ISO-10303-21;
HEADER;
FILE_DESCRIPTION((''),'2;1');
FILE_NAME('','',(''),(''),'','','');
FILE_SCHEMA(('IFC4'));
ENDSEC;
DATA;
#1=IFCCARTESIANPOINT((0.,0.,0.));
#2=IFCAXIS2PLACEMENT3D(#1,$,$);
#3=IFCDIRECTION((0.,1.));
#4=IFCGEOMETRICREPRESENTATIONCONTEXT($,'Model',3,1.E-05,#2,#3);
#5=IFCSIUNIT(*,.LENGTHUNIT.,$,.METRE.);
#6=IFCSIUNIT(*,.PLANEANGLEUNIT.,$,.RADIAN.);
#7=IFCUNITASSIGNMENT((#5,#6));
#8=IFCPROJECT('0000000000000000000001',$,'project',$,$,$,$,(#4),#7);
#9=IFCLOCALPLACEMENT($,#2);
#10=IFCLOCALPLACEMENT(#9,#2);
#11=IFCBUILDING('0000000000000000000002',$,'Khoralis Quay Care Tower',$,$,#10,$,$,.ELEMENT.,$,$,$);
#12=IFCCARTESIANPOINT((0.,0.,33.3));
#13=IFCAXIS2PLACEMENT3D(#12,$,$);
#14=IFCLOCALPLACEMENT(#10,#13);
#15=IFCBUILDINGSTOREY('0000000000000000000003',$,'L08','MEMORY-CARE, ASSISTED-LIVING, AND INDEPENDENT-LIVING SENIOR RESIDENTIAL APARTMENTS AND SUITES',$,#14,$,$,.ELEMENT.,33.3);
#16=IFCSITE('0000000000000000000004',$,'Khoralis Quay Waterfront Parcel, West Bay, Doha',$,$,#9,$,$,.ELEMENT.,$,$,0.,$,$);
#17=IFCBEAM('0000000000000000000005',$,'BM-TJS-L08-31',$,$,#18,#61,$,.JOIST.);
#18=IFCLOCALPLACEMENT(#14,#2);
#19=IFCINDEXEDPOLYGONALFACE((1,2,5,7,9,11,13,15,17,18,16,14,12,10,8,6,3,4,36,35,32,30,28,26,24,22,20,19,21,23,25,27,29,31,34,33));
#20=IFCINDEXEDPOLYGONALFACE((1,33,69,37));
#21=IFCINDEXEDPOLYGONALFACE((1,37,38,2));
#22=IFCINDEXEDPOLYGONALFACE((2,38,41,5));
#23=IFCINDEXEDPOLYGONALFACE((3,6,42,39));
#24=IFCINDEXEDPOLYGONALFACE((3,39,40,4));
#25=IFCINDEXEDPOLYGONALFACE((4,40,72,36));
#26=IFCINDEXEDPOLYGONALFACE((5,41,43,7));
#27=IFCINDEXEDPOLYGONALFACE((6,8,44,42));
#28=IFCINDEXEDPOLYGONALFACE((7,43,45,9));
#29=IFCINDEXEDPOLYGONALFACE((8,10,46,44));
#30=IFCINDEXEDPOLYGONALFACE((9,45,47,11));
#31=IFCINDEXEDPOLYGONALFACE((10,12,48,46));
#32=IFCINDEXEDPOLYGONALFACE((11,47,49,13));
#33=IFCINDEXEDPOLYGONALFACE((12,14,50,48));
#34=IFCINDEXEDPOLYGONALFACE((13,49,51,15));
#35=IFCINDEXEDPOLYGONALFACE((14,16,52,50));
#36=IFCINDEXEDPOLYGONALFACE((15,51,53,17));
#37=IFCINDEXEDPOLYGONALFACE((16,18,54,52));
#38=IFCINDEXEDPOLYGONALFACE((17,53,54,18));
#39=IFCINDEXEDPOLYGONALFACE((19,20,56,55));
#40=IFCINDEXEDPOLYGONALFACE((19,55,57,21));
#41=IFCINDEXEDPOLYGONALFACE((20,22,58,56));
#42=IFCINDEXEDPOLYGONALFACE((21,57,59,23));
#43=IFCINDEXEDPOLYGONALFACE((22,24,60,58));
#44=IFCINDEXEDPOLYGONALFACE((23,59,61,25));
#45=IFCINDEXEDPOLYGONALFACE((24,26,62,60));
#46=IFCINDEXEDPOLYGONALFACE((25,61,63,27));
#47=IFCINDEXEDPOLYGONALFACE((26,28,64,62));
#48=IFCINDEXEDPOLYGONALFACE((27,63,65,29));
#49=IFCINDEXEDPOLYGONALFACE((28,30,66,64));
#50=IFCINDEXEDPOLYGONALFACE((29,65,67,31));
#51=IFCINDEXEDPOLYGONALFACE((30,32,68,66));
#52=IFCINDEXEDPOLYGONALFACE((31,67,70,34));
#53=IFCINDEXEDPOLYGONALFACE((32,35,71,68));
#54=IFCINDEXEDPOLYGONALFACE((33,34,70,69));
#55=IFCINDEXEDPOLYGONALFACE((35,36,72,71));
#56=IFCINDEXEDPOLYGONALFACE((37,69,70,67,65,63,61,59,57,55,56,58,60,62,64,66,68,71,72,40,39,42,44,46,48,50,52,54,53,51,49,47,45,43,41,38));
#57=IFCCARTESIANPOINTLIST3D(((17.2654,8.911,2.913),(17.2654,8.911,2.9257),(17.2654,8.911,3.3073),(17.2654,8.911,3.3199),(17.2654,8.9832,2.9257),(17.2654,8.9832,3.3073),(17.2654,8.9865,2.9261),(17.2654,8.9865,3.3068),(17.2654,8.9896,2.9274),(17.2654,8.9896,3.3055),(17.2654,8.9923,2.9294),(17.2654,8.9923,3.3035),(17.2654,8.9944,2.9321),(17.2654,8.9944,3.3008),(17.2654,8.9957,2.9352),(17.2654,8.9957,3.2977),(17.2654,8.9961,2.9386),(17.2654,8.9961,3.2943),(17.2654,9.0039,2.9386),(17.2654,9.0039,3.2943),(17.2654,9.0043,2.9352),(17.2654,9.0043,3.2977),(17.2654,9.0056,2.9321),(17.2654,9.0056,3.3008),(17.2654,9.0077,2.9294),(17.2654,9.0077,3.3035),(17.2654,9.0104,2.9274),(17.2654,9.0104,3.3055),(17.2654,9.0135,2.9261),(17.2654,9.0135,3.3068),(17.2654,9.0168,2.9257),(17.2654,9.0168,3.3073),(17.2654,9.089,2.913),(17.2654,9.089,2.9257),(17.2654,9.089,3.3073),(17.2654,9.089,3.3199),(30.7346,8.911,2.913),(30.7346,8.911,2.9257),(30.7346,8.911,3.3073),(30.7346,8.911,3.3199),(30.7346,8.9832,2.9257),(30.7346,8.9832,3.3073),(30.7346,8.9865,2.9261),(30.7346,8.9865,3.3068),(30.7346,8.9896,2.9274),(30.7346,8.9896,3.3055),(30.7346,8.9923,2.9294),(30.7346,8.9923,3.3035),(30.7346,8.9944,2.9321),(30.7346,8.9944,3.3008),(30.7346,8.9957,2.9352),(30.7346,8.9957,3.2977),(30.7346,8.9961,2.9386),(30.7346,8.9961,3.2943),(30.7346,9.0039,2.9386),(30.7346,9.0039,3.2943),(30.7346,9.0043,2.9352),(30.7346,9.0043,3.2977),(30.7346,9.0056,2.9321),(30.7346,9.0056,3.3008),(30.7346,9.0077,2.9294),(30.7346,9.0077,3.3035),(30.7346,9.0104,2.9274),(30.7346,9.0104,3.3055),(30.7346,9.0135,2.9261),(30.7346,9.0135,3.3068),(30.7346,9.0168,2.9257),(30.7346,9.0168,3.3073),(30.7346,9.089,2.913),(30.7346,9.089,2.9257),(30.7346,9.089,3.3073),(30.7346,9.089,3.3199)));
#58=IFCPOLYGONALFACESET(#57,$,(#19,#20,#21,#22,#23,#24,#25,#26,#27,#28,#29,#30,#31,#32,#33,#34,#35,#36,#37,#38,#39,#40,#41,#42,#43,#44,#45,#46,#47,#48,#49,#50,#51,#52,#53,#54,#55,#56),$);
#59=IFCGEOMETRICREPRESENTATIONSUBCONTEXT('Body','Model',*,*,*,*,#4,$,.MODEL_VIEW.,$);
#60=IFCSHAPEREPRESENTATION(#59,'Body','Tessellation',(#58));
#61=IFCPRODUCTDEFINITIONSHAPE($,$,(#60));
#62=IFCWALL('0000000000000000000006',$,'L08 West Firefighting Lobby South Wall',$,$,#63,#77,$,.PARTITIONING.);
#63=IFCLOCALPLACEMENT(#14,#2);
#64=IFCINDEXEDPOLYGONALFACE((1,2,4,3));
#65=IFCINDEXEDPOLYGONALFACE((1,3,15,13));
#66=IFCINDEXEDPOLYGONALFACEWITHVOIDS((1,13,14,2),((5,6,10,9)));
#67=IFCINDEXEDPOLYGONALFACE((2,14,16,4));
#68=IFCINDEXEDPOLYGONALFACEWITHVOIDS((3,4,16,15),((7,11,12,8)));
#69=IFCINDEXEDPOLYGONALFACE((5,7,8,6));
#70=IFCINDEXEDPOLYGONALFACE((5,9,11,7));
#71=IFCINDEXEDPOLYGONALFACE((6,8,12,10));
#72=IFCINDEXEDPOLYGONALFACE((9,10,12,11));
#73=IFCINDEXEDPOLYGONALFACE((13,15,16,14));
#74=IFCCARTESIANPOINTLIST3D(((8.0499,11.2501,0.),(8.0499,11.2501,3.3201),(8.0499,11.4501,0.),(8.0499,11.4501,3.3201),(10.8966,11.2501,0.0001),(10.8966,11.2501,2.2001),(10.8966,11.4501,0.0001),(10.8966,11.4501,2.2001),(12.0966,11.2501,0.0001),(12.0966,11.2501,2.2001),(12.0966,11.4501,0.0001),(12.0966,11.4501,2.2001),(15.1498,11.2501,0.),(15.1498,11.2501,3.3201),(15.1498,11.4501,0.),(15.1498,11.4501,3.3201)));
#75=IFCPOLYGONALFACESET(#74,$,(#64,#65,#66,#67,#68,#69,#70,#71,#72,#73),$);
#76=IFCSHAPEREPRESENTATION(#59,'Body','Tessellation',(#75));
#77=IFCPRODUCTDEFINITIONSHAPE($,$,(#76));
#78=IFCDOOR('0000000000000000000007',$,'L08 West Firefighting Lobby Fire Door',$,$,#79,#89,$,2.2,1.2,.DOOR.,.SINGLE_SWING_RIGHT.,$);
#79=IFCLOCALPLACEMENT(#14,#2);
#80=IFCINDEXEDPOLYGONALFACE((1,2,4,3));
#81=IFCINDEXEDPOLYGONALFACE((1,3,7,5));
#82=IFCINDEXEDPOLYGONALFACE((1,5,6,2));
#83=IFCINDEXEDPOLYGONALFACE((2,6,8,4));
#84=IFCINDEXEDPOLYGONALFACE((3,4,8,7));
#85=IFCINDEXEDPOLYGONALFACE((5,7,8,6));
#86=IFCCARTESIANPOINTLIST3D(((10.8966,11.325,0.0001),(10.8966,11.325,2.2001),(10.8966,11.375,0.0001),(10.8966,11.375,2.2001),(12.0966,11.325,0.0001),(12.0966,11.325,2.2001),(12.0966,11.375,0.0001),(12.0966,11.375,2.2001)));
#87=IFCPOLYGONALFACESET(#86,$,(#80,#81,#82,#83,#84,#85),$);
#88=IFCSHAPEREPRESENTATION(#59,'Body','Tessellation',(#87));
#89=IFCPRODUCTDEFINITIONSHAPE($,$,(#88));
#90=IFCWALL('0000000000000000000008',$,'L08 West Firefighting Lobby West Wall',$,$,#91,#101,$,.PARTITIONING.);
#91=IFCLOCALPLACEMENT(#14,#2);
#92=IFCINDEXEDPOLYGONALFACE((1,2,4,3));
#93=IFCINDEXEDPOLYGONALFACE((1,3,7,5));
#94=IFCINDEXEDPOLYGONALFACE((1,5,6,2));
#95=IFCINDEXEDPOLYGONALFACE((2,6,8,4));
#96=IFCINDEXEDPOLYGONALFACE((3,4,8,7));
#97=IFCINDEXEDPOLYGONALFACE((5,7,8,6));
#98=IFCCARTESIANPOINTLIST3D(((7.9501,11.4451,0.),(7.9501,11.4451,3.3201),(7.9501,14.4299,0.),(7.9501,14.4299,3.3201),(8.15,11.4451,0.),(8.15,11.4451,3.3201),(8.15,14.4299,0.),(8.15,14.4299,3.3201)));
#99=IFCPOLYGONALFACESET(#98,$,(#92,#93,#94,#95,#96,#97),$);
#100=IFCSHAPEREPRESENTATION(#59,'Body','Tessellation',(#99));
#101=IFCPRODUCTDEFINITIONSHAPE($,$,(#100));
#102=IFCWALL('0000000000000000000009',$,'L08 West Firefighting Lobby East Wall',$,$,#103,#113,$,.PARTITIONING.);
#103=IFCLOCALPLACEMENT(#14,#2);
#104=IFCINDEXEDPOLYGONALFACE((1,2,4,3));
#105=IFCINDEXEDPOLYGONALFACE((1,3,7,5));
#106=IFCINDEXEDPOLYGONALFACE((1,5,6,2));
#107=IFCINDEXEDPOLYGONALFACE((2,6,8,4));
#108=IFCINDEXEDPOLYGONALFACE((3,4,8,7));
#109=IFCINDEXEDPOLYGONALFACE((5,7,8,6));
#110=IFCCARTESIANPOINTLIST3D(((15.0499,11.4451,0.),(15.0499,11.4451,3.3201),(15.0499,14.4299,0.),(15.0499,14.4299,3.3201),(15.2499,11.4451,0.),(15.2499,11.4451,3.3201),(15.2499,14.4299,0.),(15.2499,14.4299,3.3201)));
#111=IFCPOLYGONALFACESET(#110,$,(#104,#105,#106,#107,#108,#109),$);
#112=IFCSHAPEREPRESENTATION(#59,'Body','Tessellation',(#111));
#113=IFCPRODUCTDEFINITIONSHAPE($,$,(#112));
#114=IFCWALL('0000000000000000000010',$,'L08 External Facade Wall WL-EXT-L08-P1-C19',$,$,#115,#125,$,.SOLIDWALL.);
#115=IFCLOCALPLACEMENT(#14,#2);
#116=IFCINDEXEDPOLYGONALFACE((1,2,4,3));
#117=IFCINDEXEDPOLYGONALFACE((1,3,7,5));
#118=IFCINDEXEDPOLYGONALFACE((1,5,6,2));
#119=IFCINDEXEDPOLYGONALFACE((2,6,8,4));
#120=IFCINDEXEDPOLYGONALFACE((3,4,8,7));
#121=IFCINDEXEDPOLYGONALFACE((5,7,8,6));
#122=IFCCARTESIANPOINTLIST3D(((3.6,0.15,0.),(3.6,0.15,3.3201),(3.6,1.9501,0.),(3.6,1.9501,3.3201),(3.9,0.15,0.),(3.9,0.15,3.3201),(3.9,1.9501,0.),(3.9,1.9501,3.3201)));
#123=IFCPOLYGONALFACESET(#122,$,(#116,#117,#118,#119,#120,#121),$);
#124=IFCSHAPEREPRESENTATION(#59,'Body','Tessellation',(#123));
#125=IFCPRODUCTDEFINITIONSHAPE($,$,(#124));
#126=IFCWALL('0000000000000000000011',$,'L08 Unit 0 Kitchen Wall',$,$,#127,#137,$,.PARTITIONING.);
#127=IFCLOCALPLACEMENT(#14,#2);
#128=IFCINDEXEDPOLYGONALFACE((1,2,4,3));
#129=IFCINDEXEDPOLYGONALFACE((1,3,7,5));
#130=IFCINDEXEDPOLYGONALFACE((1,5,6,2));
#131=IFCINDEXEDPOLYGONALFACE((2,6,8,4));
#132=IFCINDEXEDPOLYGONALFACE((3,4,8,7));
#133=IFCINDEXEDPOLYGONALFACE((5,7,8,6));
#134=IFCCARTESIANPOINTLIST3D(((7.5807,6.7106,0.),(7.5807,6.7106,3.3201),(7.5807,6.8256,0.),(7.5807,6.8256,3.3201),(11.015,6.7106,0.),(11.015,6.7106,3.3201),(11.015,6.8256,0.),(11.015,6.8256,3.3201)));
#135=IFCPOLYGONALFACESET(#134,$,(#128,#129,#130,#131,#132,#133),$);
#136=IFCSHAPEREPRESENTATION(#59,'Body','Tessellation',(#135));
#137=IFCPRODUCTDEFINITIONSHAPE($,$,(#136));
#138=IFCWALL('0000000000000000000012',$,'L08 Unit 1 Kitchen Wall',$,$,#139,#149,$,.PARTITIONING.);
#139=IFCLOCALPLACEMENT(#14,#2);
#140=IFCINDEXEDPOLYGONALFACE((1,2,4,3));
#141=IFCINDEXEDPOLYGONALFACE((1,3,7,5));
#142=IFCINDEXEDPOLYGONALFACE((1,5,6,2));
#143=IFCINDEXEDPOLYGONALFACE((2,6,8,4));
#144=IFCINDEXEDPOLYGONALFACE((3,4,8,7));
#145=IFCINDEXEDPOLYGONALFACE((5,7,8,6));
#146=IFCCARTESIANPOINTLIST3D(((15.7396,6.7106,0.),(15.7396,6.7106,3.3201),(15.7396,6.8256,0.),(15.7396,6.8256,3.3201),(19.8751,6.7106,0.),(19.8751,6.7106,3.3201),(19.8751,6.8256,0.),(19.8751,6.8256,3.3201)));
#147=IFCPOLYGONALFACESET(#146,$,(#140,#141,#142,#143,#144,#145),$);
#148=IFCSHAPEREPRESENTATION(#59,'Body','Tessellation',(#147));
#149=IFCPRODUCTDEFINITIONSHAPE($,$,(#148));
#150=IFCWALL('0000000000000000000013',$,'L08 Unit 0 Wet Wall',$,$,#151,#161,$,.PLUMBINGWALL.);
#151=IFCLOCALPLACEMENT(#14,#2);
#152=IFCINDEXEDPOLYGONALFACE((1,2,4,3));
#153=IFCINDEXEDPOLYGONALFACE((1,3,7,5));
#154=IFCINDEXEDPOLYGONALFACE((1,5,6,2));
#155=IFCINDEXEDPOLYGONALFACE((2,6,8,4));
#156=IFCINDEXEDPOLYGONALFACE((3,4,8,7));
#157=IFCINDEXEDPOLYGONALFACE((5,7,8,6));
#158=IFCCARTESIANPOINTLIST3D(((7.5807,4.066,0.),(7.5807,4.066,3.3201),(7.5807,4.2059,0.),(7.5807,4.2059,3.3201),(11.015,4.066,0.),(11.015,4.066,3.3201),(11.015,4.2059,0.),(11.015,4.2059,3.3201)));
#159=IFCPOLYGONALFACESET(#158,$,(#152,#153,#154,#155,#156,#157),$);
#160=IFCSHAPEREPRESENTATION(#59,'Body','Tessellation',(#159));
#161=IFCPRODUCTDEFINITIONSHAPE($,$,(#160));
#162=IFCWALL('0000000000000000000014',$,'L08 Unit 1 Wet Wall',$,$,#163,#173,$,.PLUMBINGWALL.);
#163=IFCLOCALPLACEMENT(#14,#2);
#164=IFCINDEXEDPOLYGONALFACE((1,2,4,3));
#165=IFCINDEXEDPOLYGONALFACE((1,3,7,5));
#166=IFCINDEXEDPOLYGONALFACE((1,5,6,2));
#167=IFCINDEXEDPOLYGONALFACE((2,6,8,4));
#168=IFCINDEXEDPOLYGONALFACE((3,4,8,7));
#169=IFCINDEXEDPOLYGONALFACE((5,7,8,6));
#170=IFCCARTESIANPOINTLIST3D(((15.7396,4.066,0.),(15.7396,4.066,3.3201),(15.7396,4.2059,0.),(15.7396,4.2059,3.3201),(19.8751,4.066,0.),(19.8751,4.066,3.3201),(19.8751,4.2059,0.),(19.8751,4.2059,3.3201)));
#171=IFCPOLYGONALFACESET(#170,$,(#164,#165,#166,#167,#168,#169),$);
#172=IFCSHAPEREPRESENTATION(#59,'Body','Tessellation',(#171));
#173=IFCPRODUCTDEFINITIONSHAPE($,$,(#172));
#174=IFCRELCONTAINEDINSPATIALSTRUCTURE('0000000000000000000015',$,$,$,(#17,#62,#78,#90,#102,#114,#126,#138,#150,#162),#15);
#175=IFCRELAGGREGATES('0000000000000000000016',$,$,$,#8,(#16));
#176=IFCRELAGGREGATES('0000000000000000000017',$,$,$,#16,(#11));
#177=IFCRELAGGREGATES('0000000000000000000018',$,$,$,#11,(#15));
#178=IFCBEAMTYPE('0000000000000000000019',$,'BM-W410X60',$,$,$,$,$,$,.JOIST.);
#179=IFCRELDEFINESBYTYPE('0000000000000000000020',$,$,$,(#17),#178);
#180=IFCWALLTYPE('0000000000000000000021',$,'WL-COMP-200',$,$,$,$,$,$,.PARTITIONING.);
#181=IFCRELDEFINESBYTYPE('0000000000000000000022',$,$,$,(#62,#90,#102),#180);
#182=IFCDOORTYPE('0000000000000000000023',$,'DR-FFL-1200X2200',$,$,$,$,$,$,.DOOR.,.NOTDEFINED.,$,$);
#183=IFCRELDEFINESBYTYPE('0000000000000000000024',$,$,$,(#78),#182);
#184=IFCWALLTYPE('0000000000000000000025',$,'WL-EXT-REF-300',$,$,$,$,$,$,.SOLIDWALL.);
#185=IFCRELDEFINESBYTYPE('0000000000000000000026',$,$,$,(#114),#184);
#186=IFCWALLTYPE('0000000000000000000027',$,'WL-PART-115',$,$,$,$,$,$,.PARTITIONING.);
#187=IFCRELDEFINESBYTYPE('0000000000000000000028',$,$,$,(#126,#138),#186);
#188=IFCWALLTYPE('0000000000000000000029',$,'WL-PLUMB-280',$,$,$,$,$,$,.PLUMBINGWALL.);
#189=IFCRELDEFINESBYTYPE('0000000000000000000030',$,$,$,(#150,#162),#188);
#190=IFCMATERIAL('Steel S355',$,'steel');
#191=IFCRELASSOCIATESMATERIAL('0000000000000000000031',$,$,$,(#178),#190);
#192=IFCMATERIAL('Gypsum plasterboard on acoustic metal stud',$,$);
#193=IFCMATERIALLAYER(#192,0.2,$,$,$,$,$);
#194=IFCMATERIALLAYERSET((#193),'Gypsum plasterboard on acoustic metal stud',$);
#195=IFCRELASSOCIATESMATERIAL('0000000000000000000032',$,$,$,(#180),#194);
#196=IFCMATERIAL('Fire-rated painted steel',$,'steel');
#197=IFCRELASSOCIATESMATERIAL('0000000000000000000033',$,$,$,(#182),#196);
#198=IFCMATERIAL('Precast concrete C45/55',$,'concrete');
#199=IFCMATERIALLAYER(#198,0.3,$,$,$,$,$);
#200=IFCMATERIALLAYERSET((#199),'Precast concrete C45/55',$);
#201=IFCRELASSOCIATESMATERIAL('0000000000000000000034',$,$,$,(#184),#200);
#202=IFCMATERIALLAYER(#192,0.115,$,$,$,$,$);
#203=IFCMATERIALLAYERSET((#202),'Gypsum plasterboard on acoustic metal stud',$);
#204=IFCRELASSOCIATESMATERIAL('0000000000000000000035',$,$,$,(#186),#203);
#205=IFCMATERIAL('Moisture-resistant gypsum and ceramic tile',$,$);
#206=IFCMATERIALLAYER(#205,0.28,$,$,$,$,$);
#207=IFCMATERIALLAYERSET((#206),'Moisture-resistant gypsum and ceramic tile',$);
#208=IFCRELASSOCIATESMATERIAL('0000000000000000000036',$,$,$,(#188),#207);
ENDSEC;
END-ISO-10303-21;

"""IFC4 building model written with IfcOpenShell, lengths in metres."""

from ifc_helpers import new_model, si_unit, direction, frame, frame_2d, origin, origin_2d, place, context, subcontext, project, spatial, rectangle, i_section, extrude, source, transform, mapped, material, layer, layer_set, material_profile, profile_set, type_object, element, fill, save


model = new_model("IFC4")

# Units and contexts
model_context = context("Model", 3, precision=1e-05, world=origin(), true_north=direction((0.0, 1.0)))
body_context = subcontext(model_context, "Body", "Model", "MODEL_VIEW")
ifc_project = project(units=[si_unit("LENGTHUNIT", "METRE"), si_unit("PLANEANGLEUNIT", "RADIAN")], contexts=[model_context])

# Site, building, storey
site_placement = place(None, origin())
site = spatial("IfcSite", under=ifc_project, at=site_placement, Name="Khoralis Quay Waterfront Parcel, West Bay, Doha", CompositionType="ELEMENT", RefElevation=0.0)
building_placement = place(site_placement, origin())
building = spatial("IfcBuilding", under=site, at=building_placement, Name="Khoralis Quay Care Tower", CompositionType="ELEMENT")
storey_placement = place(building_placement, frame((0.0, 0.0, 33.3)))
storey = spatial("IfcBuildingStorey", under=building, at=storey_placement, Name="L08", Description="MEMORY-CARE, ASSISTED-LIVING, AND INDEPENDENT-LIVING SENIOR RESIDENTIAL APARTMENTS AND SUITES", CompositionType="ELEMENT", Elevation=33.3)

# Beam
ifc_material_1 = material(Name="Steel S355", Category="steel")
ifc_material_profile_1 = material_profile(ifc_material_1, i_section(OverallWidth=0.178, OverallDepth=0.407, WebThickness=0.0078, FlangeThickness=0.0127, FilletRadius=0.0129, at=origin_2d()), Name="Steel S355")
ifc_profile_set_1 = profile_set([ifc_material_profile_1], Name="Steel S355")
beam_type_1 = type_object("IfcBeamType", Name="BM-W410X60", PredefinedType="JOIST", material=ifc_profile_set_1)
shared_shape_1 = source(origin(), body_context, "Body", "SweptSolid", [
    extrude(i_section(OverallWidth=0.178, OverallDepth=0.407, WebThickness=0.0078, FlangeThickness=0.0127, FilletRadius=0.0129, at=origin_2d()), origin(), (0.0, 0.0, 1.0), 13.4692),
])
beam_1_placement = place(storey_placement, frame((17.2654, 9.0, 3.1165), z_axis=(1.0, 0.0, 0.0), x_axis=(0.0, 1.0, 0.0)))
element("IfcBeam", 1, at=beam_1_placement, inside=storey, type_object=beam_type_1, Name="BM-TJS-L08-31", PredefinedType="JOIST", context=body_context, shape_type="MappedRepresentation", body=[
    mapped(shared_shape_1, transform((0.0, 0.0, 0.0), scale=1.0)),
])

# Wall, opening, door
ifc_material_2 = material(Name="Gypsum plasterboard on acoustic metal stud")
ifc_layer_1 = layer(ifc_material_2, 0.2)
ifc_layer_set_1 = layer_set([ifc_layer_1], Name="Gypsum plasterboard on acoustic metal stud")
wall_type_1 = type_object("IfcWallType", Name="WL-COMP-200", PredefinedType="PARTITIONING", material=ifc_layer_set_1)
wall_1_placement = place(storey_placement, frame((8.05, 11.3501, 0.0), z_axis=(0.0, 0.0, 1.0), x_axis=(1.0, 0.0, 0.0)))
wall_1 = element("IfcWall", 2, at=wall_1_placement, inside=storey, type_object=wall_type_1, Name="L08 West Firefighting Lobby South Wall", PredefinedType="PARTITIONING", context=body_context, shape_type="SweptSolid", body=[
    extrude(rectangle(XDim=7.0999, YDim=0.2, at=frame_2d((3.5498, 0.0))), origin(), (0.0, 0.0, 1.0), 3.3201),
])
opening_placement = place(wall_1_placement, frame((2.8464, 0.0, 0.0)))
opening = element("IfcOpeningElement", 3, at=opening_placement, cuts=wall_1, PredefinedType="OPENING", context=body_context, shape_type="SweptSolid", body=[
    extrude(rectangle(XDim=1.2, YDim=2.2, at=frame_2d((0.6001, 1.1001))), frame((0.0, 0.1099, 0.0), z_axis=(0.0, -1.0, 0.0), x_axis=(1.0, 0.0, 0.0)), (0.0, 0.0, 1.0), 0.22),
])
ifc_material_3 = material(Name="Fire-rated painted steel", Category="steel")
door_type = type_object("IfcDoorType", Name="DR-FFL-1200X2200", OperationType="NOTDEFINED", PredefinedType="DOOR", material=ifc_material_3)
shared_shape_2 = source(origin(), body_context, "Body", "SweptSolid", [
    extrude(rectangle(XDim=1.2, YDim=2.2, at=frame_2d((0.6001, 1.1001))), frame((0.0, 0.0249, 0.0), z_axis=(0.0, -1.0, 0.0), x_axis=(1.0, 0.0, 0.0)), (0.0, 0.0, 1.0), 0.05),
])
door_placement = place(opening_placement, origin())
door = element("IfcDoor", 4, at=door_placement, inside=storey, type_object=door_type, Name="L08 West Firefighting Lobby Fire Door", OperationType="SINGLE_SWING_RIGHT", OverallHeight=2.2, OverallWidth=1.2, PredefinedType="DOOR", context=body_context, shape_type="MappedRepresentation", body=[
    mapped(shared_shape_2, transform((0.0, 0.0, 0.0), scale=1.0)),
])
fill(opening, door)

# Walls
for number, where, z_axis, x_axis, name in (
    (5, (8.05, 11.4451, 0.0), (0.0, 0.0, 1.0), (0.0, 1.0, 0.0), "L08 West Firefighting Lobby West Wall"),
    (6, (15.1499, 11.4451, 0.0), (0.0, 0.0, 1.0), (0.0, 1.0, 0.0), "L08 West Firefighting Lobby East Wall"),
):
    element("IfcWall", number, at=place(storey_placement, frame(where, z_axis=z_axis, x_axis=x_axis)), inside=storey, type_object=wall_type_1, Name=name, PredefinedType="PARTITIONING", context=body_context, shape_type="SweptSolid", body=[
        extrude(rectangle(XDim=2.9849, YDim=0.2, at=frame_2d((1.4924, 0.0))), origin(), (0.0, 0.0, 1.0), 3.3201),
    ])
ifc_material_4 = material(Name="Precast concrete C45/55", Category="concrete")
ifc_layer_2 = layer(ifc_material_4, 0.3)
ifc_layer_set_2 = layer_set([ifc_layer_2], Name="Precast concrete C45/55")
wall_type_2 = type_object("IfcWallType", Name="WL-EXT-REF-300", PredefinedType="SOLIDWALL", material=ifc_layer_set_2)
wall_2_placement = place(storey_placement, frame((3.75, 1.95, 0.0), z_axis=(0.0, 0.0, 1.0), x_axis=(0.0, -1.0, 0.0)))
element("IfcWall", 7, at=wall_2_placement, inside=storey, type_object=wall_type_2, Name="L08 External Facade Wall WL-EXT-L08-P1-C19", PredefinedType="SOLIDWALL", context=body_context, shape_type="SweptSolid", body=[
    extrude(rectangle(XDim=1.8, YDim=0.3, at=frame_2d((0.8999, 0.0))), origin(), (0.0, 0.0, 1.0), 3.3201),
])
ifc_layer_3 = layer(ifc_material_2, 0.115)
ifc_layer_set_3 = layer_set([ifc_layer_3], Name="Gypsum plasterboard on acoustic metal stud")
wall_type_3 = type_object("IfcWallType", Name="WL-PART-115", PredefinedType="PARTITIONING", material=ifc_layer_set_3)
wall_3_placement = place(storey_placement, frame((7.5806, 6.7681, 0.0), z_axis=(0.0, 0.0, 1.0), x_axis=(1.0, 0.0, 0.0)))
element("IfcWall", 8, at=wall_3_placement, inside=storey, type_object=wall_type_3, Name="L08 Unit 0 Kitchen Wall", PredefinedType="PARTITIONING", context=body_context, shape_type="SweptSolid", body=[
    extrude(rectangle(XDim=3.4343, YDim=0.115, at=frame_2d((1.7173, 0.0))), origin(), (0.0, 0.0, 1.0), 3.3201),
])
wall_4_placement = place(storey_placement, frame((15.7395, 6.7681, 0.0), z_axis=(0.0, 0.0, 1.0), x_axis=(1.0, 0.0, 0.0)))
element("IfcWall", 9, at=wall_4_placement, inside=storey, type_object=wall_type_3, Name="L08 Unit 1 Kitchen Wall", PredefinedType="PARTITIONING", context=body_context, shape_type="SweptSolid", body=[
    extrude(rectangle(XDim=4.1355, YDim=0.115, at=frame_2d((2.0679, 0.0))), origin(), (0.0, 0.0, 1.0), 3.3201),
])
ifc_material_5 = material(Name="Moisture-resistant gypsum and ceramic tile")
ifc_layer_4 = layer(ifc_material_5, 0.28)
ifc_layer_set_4 = layer_set([ifc_layer_4], Name="Moisture-resistant gypsum and ceramic tile")
wall_type_4 = type_object("IfcWallType", Name="WL-PLUMB-280", PredefinedType="PLUMBINGWALL", material=ifc_layer_set_4)
wall_5_placement = place(storey_placement, frame((7.5806, 4.136, 0.0), z_axis=(0.0, 0.0, 1.0), x_axis=(1.0, 0.0, 0.0)))
element("IfcWall", 10, at=wall_5_placement, inside=storey, type_object=wall_type_4, Name="L08 Unit 0 Wet Wall", PredefinedType="PLUMBINGWALL", context=body_context, shape_type="SweptSolid", body=[
    extrude(rectangle(XDim=3.4343, YDim=0.1399, at=frame_2d((1.7173, 0.0))), origin(), (0.0, 0.0, 1.0), 3.3201),
])
wall_6_placement = place(storey_placement, frame((15.7395, 4.136, 0.0), z_axis=(0.0, 0.0, 1.0), x_axis=(1.0, 0.0, 0.0)))
element("IfcWall", 11, at=wall_6_placement, inside=storey, type_object=wall_type_4, Name="L08 Unit 1 Wet Wall", PredefinedType="PLUMBINGWALL", context=body_context, shape_type="SweptSolid", body=[
    extrude(rectangle(XDim=4.1355, YDim=0.1399, at=frame_2d((2.0679, 0.0))), origin(), (0.0, 0.0, 1.0), 3.3201),
])

save(model, "model.ifc")
